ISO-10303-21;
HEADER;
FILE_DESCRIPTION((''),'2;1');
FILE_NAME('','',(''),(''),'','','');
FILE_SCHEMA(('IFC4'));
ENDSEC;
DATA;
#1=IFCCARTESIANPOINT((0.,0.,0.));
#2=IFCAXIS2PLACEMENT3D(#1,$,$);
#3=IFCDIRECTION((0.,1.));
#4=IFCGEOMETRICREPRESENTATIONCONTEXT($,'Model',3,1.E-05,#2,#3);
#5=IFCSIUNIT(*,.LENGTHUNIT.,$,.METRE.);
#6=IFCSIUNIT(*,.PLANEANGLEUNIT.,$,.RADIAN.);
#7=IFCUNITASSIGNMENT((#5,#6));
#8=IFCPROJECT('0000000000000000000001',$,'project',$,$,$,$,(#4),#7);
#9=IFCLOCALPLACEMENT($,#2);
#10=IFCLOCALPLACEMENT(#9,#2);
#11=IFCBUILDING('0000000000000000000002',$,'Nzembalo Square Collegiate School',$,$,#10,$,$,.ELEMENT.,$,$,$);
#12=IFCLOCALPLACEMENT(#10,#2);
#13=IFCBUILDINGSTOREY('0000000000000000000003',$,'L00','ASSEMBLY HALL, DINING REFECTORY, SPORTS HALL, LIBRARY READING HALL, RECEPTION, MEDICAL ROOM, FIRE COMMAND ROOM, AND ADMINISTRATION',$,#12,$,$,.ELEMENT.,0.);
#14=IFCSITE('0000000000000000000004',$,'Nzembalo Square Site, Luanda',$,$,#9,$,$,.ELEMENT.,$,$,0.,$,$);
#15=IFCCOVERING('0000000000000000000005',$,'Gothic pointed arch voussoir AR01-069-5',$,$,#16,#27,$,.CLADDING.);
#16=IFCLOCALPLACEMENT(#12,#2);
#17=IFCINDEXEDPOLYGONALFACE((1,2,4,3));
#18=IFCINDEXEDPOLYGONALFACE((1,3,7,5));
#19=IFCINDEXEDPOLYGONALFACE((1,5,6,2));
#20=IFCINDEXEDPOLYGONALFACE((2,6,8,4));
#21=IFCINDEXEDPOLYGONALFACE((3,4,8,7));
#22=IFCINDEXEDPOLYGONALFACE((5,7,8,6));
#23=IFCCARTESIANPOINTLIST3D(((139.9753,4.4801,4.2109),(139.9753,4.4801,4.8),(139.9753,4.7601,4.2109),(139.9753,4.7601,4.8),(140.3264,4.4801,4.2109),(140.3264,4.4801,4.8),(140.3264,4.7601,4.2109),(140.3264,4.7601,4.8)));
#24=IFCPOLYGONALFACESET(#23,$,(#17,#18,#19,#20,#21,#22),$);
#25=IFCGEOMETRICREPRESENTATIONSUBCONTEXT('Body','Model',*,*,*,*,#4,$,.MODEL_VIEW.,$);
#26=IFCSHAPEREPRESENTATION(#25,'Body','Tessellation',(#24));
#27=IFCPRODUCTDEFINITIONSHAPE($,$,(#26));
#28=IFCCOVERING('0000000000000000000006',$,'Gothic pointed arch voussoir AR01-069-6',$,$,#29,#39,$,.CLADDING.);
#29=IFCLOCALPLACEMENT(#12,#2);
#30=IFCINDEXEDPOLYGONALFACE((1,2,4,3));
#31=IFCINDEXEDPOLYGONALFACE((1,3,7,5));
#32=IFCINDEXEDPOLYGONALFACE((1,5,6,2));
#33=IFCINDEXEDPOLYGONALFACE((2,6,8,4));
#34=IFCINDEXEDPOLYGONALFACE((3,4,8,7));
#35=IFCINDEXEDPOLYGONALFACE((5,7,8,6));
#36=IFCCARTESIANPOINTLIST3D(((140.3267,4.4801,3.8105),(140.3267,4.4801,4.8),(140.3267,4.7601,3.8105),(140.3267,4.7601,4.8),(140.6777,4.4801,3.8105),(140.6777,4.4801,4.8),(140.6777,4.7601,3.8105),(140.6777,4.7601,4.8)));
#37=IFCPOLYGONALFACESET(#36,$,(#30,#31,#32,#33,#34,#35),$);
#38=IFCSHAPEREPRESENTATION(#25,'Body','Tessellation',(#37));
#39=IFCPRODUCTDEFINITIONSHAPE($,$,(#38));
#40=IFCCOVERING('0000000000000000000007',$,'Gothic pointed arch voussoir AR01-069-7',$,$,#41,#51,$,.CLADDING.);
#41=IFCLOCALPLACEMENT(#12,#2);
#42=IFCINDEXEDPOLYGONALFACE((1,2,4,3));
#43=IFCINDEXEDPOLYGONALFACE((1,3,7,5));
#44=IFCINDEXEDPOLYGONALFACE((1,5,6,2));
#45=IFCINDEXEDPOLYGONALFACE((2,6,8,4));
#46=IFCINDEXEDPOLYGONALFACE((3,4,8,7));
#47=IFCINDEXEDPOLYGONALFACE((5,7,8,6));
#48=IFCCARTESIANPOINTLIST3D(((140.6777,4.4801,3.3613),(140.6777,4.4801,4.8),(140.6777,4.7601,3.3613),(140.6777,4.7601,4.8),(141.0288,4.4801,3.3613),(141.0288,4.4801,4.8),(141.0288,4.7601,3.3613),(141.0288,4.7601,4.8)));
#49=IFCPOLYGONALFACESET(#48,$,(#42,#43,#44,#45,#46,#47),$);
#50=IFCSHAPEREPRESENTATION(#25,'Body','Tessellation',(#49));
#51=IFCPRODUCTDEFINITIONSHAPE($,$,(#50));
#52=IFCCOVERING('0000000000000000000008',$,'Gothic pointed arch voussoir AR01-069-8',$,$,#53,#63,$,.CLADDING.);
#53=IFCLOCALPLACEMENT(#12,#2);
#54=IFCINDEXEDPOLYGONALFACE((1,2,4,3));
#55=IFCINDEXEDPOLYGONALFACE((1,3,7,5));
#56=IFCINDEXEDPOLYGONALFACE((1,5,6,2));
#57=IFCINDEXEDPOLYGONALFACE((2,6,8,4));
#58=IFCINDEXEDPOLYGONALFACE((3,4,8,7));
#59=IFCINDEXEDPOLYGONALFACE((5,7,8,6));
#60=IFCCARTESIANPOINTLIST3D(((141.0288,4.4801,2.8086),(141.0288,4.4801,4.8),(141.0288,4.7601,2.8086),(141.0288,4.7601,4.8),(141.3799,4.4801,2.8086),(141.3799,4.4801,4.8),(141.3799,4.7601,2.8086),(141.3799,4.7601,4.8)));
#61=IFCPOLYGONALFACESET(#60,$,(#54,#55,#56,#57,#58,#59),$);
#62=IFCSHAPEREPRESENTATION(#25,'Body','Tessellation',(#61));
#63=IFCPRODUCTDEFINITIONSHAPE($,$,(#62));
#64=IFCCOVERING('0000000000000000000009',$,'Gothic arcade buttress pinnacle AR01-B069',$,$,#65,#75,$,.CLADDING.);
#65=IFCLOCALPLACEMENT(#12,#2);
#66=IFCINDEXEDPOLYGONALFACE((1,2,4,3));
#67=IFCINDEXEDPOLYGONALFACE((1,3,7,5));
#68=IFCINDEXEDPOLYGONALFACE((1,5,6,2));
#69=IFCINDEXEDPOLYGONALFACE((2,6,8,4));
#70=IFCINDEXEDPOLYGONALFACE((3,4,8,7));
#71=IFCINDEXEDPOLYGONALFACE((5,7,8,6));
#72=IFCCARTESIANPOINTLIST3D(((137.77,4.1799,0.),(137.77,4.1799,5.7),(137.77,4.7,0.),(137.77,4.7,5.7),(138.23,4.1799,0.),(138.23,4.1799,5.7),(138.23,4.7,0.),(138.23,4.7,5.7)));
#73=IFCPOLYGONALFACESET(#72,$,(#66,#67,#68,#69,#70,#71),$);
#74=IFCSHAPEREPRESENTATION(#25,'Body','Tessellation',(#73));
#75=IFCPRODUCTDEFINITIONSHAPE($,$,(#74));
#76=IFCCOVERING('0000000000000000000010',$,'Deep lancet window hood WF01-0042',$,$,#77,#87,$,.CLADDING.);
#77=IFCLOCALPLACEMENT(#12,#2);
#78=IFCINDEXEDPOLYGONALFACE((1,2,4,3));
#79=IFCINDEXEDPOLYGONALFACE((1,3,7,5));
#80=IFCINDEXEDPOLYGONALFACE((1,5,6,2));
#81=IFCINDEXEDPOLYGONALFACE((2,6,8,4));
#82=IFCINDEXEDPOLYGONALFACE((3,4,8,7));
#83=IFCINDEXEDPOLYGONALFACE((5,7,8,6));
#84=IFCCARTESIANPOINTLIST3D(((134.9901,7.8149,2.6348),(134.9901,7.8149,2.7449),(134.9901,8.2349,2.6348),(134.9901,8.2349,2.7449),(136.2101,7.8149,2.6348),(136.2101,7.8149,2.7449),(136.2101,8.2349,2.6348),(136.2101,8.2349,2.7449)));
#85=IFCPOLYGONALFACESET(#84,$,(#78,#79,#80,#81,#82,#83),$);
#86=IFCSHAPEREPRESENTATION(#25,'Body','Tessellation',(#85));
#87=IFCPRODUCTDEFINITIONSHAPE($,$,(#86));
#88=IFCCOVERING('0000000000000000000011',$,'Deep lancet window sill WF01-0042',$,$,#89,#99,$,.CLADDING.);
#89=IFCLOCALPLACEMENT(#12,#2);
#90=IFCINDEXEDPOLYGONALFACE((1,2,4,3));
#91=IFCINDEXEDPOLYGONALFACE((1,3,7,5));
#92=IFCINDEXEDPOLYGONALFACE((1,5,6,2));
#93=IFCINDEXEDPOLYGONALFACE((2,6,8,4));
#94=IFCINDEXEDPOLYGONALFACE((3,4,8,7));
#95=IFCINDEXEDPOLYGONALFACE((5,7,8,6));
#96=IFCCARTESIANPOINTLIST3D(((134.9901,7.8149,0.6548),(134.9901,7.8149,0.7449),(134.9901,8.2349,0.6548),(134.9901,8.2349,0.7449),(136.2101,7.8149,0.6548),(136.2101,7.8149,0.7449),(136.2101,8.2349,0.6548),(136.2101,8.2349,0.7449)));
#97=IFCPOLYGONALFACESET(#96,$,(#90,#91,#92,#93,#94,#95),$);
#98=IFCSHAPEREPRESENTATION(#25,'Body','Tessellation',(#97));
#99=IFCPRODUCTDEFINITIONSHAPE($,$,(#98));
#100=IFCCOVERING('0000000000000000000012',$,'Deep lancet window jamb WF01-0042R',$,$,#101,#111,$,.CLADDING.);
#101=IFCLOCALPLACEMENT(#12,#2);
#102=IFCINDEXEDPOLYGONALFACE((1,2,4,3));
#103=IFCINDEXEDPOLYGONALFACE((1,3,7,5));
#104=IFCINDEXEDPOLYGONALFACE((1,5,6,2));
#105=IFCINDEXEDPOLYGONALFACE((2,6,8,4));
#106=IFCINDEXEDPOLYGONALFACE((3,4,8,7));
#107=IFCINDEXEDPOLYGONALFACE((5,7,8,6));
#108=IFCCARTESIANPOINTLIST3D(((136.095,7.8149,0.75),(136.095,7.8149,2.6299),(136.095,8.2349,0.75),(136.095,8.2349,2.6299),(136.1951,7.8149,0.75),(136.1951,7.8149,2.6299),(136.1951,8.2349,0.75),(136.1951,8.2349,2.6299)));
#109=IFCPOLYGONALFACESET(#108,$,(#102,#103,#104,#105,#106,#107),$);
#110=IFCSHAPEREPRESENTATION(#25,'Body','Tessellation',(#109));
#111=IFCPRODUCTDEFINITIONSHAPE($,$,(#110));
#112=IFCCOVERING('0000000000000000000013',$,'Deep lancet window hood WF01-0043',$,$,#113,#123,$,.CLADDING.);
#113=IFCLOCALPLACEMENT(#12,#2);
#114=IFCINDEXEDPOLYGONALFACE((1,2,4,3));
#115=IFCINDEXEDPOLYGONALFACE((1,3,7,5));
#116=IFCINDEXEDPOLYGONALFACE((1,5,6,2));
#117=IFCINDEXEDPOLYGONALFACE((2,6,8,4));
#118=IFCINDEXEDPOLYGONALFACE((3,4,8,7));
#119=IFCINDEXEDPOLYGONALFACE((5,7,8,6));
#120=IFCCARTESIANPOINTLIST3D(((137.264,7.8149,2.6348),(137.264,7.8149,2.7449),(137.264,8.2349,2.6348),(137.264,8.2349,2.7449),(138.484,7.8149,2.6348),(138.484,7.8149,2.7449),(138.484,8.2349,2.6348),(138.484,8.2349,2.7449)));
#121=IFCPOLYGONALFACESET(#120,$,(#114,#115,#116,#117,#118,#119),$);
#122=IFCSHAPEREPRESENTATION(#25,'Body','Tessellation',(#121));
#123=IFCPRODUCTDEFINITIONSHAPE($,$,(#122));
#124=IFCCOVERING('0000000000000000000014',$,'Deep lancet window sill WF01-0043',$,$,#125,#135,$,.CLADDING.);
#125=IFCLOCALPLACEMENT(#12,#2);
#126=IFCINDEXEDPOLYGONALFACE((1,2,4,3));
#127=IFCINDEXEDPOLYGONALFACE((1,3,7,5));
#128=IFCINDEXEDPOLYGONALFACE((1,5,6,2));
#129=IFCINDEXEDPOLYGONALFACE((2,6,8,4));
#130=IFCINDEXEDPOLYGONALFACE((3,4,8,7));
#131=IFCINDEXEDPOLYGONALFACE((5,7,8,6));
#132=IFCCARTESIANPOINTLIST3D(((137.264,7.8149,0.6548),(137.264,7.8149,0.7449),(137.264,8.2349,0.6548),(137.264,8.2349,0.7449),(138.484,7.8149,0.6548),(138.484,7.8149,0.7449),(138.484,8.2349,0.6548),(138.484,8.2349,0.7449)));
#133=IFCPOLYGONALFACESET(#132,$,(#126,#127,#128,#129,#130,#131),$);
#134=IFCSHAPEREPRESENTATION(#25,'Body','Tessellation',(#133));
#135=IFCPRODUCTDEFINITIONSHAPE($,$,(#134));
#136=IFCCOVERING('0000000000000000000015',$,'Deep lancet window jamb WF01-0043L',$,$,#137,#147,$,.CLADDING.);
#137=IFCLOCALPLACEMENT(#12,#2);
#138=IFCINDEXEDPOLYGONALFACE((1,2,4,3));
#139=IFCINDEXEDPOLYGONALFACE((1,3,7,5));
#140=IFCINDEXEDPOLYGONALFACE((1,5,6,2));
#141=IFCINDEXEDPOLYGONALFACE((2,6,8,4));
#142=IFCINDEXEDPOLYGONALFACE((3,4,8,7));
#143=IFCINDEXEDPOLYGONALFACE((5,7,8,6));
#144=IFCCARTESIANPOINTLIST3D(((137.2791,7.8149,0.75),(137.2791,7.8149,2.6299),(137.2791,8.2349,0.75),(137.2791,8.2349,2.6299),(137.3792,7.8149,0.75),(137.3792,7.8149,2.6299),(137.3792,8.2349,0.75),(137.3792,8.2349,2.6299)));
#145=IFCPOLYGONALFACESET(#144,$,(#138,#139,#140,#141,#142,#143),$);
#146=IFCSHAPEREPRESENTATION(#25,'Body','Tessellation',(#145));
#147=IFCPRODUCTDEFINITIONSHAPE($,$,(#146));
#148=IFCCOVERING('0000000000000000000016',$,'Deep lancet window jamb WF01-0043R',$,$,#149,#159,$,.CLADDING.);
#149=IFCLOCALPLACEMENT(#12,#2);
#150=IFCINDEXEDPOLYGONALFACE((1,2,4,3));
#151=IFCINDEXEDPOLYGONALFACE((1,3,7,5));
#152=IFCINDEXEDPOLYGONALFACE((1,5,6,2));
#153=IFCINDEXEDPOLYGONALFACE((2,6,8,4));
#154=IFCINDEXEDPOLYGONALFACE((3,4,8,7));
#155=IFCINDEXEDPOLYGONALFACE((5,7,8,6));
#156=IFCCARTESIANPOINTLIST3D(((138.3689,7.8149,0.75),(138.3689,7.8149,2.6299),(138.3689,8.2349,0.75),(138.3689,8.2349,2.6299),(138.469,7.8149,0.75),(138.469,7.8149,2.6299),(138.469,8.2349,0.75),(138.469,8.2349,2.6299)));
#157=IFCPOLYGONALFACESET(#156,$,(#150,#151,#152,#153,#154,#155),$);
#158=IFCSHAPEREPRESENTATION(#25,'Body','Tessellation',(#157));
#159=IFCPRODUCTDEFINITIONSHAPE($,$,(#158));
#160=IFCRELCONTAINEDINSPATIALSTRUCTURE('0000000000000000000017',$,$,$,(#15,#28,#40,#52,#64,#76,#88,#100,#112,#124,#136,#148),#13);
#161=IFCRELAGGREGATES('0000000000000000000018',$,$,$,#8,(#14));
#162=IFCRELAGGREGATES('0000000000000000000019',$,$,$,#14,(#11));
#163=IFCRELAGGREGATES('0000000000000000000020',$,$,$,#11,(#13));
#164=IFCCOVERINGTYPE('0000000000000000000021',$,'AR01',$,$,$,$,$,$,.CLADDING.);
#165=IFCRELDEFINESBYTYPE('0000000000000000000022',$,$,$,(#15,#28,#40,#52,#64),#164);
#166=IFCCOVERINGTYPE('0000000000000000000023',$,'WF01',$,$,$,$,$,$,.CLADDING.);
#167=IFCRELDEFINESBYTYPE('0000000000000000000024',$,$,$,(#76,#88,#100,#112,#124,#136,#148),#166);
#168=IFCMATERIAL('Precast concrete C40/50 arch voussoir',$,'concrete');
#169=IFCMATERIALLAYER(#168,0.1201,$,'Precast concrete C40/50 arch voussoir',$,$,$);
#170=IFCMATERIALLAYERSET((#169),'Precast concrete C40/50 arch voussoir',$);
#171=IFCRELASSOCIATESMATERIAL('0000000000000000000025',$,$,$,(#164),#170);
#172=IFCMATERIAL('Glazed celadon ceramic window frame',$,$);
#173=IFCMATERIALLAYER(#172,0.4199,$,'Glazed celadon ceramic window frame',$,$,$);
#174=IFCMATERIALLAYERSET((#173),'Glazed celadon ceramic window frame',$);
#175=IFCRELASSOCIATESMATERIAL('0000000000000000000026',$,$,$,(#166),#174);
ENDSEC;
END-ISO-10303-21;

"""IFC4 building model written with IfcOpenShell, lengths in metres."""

from ifc_helpers import new_model, si_unit, direction, frame, origin, origin_2d, place, context, subcontext, project, spatial, rectangle, extrude, material, layer, layer_set, type_object, element, save


model = new_model("IFC4")

# Units and contexts
model_context = context("Model", 3, precision=1e-05, world=origin(), true_north=direction((0.0, 1.0)))
body_context = subcontext(model_context, "Body", "Model", "MODEL_VIEW")
ifc_project = project(units=[si_unit("LENGTHUNIT", "METRE"), si_unit("PLANEANGLEUNIT", "RADIAN")], contexts=[model_context])

# Site, building, storey
site_placement = place(None, origin())
site = spatial("IfcSite", under=ifc_project, at=site_placement, Name="Nzembalo Square Site, Luanda", CompositionType="ELEMENT", RefElevation=0.0)
building_placement = place(site_placement, origin())
building = spatial("IfcBuilding", under=site, at=building_placement, Name="Nzembalo Square Collegiate School", CompositionType="ELEMENT")
storey_placement = place(building_placement, origin())
storey = spatial("IfcBuildingStorey", under=building, at=storey_placement, Name="L00", Description="ASSEMBLY HALL, DINING REFECTORY, SPORTS HALL, LIBRARY READING HALL, RECEPTION, MEDICAL ROOM, FIRE COMMAND ROOM, AND ADMINISTRATION", CompositionType="ELEMENT", Elevation=0.0)

# Coverings
ifc_material_1 = material(Name="Precast concrete C40/50 arch voussoir", Category="concrete")
ifc_layer_1 = layer(ifc_material_1, 0.1201, Name="Precast concrete C40/50 arch voussoir")
ifc_layer_set_1 = layer_set([ifc_layer_1], Name="Precast concrete C40/50 arch voussoir")
covering_type_1 = type_object("IfcCoveringType", Name="AR01", PredefinedType="CLADDING", material=ifc_layer_set_1)
covering_1_placement = place(storey_placement, frame((140.1509, 4.6201, 4.2109), z_axis=(0.0, 0.0, 1.0), x_axis=(1.0, 0.0, 0.0)))
element("IfcCovering", 1, at=covering_1_placement, inside=storey, type_object=covering_type_1, Name="Gothic pointed arch voussoir AR01-069-5", PredefinedType="CLADDING", context=body_context, shape_type="SweptSolid", body=[
    extrude(rectangle(XDim=0.3511, YDim=0.28, at=origin_2d()), origin(), (0.0, 0.0, 1.0), 0.5891),
])
covering_2_placement = place(storey_placement, frame((140.5022, 4.6201, 3.8105), z_axis=(0.0, 0.0, 1.0), x_axis=(1.0, 0.0, 0.0)))
element("IfcCovering", 2, at=covering_2_placement, inside=storey, type_object=covering_type_1, Name="Gothic pointed arch voussoir AR01-069-6", PredefinedType="CLADDING", context=body_context, shape_type="SweptSolid", body=[
    extrude(rectangle(XDim=0.3511, YDim=0.28, at=origin_2d()), origin(), (0.0, 0.0, 1.0), 0.9895),
])
covering_3_placement = place(storey_placement, frame((140.8533, 4.6201, 3.3613), z_axis=(0.0, 0.0, 1.0), x_axis=(1.0, 0.0, 0.0)))
element("IfcCovering", 3, at=covering_3_placement, inside=storey, type_object=covering_type_1, Name="Gothic pointed arch voussoir AR01-069-7", PredefinedType="CLADDING", context=body_context, shape_type="SweptSolid", body=[
    extrude(rectangle(XDim=0.3511, YDim=0.28, at=origin_2d()), origin(), (0.0, 0.0, 1.0), 1.4387),
])
covering_4_placement = place(storey_placement, frame((141.2043, 4.6201, 2.8086), z_axis=(0.0, 0.0, 1.0), x_axis=(1.0, 0.0, 0.0)))
element("IfcCovering", 4, at=covering_4_placement, inside=storey, type_object=covering_type_1, Name="Gothic pointed arch voussoir AR01-069-8", PredefinedType="CLADDING", context=body_context, shape_type="SweptSolid", body=[
    extrude(rectangle(XDim=0.3511, YDim=0.28, at=origin_2d()), origin(), (0.0, 0.0, 1.0), 1.9915),
])
covering_5_placement = place(storey_placement, frame((138.0, 4.4399, 0.0), z_axis=(0.0, 0.0, 1.0), x_axis=(1.0, 0.0, 0.0)))
element("IfcCovering", 5, at=covering_5_placement, inside=storey, type_object=covering_type_1, Name="Gothic arcade buttress pinnacle AR01-B069", PredefinedType="CLADDING", context=body_context, shape_type="SweptSolid", body=[
    extrude(rectangle(XDim=0.46, YDim=0.52, at=origin_2d()), origin(), (0.0, 0.0, 1.0), 5.7),
])
ifc_material_2 = material(Name="Glazed celadon ceramic window frame")
ifc_layer_2 = layer(ifc_material_2, 0.4199, Name="Glazed celadon ceramic window frame")
ifc_layer_set_2 = layer_set([ifc_layer_2], Name="Glazed celadon ceramic window frame")
covering_type_2 = type_object("IfcCoveringType", Name="WF01", PredefinedType="CLADDING", material=ifc_layer_set_2)
covering_6_placement = place(storey_placement, frame((135.6001, 8.0249, 2.6348), z_axis=(0.0, 0.0, 1.0), x_axis=(1.0, 0.0, 0.0)))
element("IfcCovering", 6, at=covering_6_placement, inside=storey, type_object=covering_type_2, Name="Deep lancet window hood WF01-0042", PredefinedType="CLADDING", context=body_context, shape_type="SweptSolid", body=[
    extrude(rectangle(XDim=1.22, YDim=0.4199, at=origin_2d()), origin(), (0.0, 0.0, 1.0), 0.1101),
])
covering_7_placement = place(storey_placement, frame((135.6001, 8.0249, 0.6548), z_axis=(0.0, 0.0, 1.0), x_axis=(1.0, 0.0, 0.0)))
element("IfcCovering", 7, at=covering_7_placement, inside=storey, type_object=covering_type_2, Name="Deep lancet window sill WF01-0042", PredefinedType="CLADDING", context=body_context, shape_type="SweptSolid", body=[
    extrude(rectangle(XDim=1.22, YDim=0.4199, at=origin_2d()), origin(), (0.0, 0.0, 1.0), 0.0901),
])
covering_8_placement = place(storey_placement, frame((136.145, 8.0249, 0.75), z_axis=(0.0, 0.0, 1.0), x_axis=(1.0, 0.0, 0.0)))
element("IfcCovering", 8, at=covering_8_placement, inside=storey, type_object=covering_type_2, Name="Deep lancet window jamb WF01-0042R", PredefinedType="CLADDING", context=body_context, shape_type="SweptSolid", body=[
    extrude(rectangle(XDim=0.1001, YDim=0.4199, at=origin_2d()), origin(), (0.0, 0.0, 1.0), 1.8799),
])
covering_9_placement = place(storey_placement, frame((137.874, 8.0249, 2.6348), z_axis=(0.0, 0.0, 1.0), x_axis=(1.0, 0.0, 0.0)))
element("IfcCovering", 9, at=covering_9_placement, inside=storey, type_object=covering_type_2, Name="Deep lancet window hood WF01-0043", PredefinedType="CLADDING", context=body_context, shape_type="SweptSolid", body=[
    extrude(rectangle(XDim=1.22, YDim=0.4199, at=origin_2d()), origin(), (0.0, 0.0, 1.0), 0.1101),
])
covering_10_placement = place(storey_placement, frame((137.874, 8.0249, 0.6548), z_axis=(0.0, 0.0, 1.0), x_axis=(1.0, 0.0, 0.0)))
element("IfcCovering", 10, at=covering_10_placement, inside=storey, type_object=covering_type_2, Name="Deep lancet window sill WF01-0043", PredefinedType="CLADDING", context=body_context, shape_type="SweptSolid", body=[
    extrude(rectangle(XDim=1.22, YDim=0.4199, at=origin_2d()), origin(), (0.0, 0.0, 1.0), 0.0901),
])
for number, where, z_axis, x_axis, name in (
    (11, (137.3291, 8.0249, 0.75), (0.0, 0.0, 1.0), (1.0, 0.0, 0.0), "Deep lancet window jamb WF01-0043L"),
    (12, (138.4189, 8.0249, 0.75), (0.0, 0.0, 1.0), (1.0, 0.0, 0.0), "Deep lancet window jamb WF01-0043R"),
):
    element("IfcCovering", number, at=place(storey_placement, frame(where, z_axis=z_axis, x_axis=x_axis)), inside=storey, type_object=covering_type_2, Name=name, PredefinedType="CLADDING", context=body_context, shape_type="SweptSolid", body=[
        extrude(rectangle(XDim=0.1001, YDim=0.4199, at=origin_2d()), origin(), (0.0, 0.0, 1.0), 1.8799),
    ])

save(model, "model.ifc")
